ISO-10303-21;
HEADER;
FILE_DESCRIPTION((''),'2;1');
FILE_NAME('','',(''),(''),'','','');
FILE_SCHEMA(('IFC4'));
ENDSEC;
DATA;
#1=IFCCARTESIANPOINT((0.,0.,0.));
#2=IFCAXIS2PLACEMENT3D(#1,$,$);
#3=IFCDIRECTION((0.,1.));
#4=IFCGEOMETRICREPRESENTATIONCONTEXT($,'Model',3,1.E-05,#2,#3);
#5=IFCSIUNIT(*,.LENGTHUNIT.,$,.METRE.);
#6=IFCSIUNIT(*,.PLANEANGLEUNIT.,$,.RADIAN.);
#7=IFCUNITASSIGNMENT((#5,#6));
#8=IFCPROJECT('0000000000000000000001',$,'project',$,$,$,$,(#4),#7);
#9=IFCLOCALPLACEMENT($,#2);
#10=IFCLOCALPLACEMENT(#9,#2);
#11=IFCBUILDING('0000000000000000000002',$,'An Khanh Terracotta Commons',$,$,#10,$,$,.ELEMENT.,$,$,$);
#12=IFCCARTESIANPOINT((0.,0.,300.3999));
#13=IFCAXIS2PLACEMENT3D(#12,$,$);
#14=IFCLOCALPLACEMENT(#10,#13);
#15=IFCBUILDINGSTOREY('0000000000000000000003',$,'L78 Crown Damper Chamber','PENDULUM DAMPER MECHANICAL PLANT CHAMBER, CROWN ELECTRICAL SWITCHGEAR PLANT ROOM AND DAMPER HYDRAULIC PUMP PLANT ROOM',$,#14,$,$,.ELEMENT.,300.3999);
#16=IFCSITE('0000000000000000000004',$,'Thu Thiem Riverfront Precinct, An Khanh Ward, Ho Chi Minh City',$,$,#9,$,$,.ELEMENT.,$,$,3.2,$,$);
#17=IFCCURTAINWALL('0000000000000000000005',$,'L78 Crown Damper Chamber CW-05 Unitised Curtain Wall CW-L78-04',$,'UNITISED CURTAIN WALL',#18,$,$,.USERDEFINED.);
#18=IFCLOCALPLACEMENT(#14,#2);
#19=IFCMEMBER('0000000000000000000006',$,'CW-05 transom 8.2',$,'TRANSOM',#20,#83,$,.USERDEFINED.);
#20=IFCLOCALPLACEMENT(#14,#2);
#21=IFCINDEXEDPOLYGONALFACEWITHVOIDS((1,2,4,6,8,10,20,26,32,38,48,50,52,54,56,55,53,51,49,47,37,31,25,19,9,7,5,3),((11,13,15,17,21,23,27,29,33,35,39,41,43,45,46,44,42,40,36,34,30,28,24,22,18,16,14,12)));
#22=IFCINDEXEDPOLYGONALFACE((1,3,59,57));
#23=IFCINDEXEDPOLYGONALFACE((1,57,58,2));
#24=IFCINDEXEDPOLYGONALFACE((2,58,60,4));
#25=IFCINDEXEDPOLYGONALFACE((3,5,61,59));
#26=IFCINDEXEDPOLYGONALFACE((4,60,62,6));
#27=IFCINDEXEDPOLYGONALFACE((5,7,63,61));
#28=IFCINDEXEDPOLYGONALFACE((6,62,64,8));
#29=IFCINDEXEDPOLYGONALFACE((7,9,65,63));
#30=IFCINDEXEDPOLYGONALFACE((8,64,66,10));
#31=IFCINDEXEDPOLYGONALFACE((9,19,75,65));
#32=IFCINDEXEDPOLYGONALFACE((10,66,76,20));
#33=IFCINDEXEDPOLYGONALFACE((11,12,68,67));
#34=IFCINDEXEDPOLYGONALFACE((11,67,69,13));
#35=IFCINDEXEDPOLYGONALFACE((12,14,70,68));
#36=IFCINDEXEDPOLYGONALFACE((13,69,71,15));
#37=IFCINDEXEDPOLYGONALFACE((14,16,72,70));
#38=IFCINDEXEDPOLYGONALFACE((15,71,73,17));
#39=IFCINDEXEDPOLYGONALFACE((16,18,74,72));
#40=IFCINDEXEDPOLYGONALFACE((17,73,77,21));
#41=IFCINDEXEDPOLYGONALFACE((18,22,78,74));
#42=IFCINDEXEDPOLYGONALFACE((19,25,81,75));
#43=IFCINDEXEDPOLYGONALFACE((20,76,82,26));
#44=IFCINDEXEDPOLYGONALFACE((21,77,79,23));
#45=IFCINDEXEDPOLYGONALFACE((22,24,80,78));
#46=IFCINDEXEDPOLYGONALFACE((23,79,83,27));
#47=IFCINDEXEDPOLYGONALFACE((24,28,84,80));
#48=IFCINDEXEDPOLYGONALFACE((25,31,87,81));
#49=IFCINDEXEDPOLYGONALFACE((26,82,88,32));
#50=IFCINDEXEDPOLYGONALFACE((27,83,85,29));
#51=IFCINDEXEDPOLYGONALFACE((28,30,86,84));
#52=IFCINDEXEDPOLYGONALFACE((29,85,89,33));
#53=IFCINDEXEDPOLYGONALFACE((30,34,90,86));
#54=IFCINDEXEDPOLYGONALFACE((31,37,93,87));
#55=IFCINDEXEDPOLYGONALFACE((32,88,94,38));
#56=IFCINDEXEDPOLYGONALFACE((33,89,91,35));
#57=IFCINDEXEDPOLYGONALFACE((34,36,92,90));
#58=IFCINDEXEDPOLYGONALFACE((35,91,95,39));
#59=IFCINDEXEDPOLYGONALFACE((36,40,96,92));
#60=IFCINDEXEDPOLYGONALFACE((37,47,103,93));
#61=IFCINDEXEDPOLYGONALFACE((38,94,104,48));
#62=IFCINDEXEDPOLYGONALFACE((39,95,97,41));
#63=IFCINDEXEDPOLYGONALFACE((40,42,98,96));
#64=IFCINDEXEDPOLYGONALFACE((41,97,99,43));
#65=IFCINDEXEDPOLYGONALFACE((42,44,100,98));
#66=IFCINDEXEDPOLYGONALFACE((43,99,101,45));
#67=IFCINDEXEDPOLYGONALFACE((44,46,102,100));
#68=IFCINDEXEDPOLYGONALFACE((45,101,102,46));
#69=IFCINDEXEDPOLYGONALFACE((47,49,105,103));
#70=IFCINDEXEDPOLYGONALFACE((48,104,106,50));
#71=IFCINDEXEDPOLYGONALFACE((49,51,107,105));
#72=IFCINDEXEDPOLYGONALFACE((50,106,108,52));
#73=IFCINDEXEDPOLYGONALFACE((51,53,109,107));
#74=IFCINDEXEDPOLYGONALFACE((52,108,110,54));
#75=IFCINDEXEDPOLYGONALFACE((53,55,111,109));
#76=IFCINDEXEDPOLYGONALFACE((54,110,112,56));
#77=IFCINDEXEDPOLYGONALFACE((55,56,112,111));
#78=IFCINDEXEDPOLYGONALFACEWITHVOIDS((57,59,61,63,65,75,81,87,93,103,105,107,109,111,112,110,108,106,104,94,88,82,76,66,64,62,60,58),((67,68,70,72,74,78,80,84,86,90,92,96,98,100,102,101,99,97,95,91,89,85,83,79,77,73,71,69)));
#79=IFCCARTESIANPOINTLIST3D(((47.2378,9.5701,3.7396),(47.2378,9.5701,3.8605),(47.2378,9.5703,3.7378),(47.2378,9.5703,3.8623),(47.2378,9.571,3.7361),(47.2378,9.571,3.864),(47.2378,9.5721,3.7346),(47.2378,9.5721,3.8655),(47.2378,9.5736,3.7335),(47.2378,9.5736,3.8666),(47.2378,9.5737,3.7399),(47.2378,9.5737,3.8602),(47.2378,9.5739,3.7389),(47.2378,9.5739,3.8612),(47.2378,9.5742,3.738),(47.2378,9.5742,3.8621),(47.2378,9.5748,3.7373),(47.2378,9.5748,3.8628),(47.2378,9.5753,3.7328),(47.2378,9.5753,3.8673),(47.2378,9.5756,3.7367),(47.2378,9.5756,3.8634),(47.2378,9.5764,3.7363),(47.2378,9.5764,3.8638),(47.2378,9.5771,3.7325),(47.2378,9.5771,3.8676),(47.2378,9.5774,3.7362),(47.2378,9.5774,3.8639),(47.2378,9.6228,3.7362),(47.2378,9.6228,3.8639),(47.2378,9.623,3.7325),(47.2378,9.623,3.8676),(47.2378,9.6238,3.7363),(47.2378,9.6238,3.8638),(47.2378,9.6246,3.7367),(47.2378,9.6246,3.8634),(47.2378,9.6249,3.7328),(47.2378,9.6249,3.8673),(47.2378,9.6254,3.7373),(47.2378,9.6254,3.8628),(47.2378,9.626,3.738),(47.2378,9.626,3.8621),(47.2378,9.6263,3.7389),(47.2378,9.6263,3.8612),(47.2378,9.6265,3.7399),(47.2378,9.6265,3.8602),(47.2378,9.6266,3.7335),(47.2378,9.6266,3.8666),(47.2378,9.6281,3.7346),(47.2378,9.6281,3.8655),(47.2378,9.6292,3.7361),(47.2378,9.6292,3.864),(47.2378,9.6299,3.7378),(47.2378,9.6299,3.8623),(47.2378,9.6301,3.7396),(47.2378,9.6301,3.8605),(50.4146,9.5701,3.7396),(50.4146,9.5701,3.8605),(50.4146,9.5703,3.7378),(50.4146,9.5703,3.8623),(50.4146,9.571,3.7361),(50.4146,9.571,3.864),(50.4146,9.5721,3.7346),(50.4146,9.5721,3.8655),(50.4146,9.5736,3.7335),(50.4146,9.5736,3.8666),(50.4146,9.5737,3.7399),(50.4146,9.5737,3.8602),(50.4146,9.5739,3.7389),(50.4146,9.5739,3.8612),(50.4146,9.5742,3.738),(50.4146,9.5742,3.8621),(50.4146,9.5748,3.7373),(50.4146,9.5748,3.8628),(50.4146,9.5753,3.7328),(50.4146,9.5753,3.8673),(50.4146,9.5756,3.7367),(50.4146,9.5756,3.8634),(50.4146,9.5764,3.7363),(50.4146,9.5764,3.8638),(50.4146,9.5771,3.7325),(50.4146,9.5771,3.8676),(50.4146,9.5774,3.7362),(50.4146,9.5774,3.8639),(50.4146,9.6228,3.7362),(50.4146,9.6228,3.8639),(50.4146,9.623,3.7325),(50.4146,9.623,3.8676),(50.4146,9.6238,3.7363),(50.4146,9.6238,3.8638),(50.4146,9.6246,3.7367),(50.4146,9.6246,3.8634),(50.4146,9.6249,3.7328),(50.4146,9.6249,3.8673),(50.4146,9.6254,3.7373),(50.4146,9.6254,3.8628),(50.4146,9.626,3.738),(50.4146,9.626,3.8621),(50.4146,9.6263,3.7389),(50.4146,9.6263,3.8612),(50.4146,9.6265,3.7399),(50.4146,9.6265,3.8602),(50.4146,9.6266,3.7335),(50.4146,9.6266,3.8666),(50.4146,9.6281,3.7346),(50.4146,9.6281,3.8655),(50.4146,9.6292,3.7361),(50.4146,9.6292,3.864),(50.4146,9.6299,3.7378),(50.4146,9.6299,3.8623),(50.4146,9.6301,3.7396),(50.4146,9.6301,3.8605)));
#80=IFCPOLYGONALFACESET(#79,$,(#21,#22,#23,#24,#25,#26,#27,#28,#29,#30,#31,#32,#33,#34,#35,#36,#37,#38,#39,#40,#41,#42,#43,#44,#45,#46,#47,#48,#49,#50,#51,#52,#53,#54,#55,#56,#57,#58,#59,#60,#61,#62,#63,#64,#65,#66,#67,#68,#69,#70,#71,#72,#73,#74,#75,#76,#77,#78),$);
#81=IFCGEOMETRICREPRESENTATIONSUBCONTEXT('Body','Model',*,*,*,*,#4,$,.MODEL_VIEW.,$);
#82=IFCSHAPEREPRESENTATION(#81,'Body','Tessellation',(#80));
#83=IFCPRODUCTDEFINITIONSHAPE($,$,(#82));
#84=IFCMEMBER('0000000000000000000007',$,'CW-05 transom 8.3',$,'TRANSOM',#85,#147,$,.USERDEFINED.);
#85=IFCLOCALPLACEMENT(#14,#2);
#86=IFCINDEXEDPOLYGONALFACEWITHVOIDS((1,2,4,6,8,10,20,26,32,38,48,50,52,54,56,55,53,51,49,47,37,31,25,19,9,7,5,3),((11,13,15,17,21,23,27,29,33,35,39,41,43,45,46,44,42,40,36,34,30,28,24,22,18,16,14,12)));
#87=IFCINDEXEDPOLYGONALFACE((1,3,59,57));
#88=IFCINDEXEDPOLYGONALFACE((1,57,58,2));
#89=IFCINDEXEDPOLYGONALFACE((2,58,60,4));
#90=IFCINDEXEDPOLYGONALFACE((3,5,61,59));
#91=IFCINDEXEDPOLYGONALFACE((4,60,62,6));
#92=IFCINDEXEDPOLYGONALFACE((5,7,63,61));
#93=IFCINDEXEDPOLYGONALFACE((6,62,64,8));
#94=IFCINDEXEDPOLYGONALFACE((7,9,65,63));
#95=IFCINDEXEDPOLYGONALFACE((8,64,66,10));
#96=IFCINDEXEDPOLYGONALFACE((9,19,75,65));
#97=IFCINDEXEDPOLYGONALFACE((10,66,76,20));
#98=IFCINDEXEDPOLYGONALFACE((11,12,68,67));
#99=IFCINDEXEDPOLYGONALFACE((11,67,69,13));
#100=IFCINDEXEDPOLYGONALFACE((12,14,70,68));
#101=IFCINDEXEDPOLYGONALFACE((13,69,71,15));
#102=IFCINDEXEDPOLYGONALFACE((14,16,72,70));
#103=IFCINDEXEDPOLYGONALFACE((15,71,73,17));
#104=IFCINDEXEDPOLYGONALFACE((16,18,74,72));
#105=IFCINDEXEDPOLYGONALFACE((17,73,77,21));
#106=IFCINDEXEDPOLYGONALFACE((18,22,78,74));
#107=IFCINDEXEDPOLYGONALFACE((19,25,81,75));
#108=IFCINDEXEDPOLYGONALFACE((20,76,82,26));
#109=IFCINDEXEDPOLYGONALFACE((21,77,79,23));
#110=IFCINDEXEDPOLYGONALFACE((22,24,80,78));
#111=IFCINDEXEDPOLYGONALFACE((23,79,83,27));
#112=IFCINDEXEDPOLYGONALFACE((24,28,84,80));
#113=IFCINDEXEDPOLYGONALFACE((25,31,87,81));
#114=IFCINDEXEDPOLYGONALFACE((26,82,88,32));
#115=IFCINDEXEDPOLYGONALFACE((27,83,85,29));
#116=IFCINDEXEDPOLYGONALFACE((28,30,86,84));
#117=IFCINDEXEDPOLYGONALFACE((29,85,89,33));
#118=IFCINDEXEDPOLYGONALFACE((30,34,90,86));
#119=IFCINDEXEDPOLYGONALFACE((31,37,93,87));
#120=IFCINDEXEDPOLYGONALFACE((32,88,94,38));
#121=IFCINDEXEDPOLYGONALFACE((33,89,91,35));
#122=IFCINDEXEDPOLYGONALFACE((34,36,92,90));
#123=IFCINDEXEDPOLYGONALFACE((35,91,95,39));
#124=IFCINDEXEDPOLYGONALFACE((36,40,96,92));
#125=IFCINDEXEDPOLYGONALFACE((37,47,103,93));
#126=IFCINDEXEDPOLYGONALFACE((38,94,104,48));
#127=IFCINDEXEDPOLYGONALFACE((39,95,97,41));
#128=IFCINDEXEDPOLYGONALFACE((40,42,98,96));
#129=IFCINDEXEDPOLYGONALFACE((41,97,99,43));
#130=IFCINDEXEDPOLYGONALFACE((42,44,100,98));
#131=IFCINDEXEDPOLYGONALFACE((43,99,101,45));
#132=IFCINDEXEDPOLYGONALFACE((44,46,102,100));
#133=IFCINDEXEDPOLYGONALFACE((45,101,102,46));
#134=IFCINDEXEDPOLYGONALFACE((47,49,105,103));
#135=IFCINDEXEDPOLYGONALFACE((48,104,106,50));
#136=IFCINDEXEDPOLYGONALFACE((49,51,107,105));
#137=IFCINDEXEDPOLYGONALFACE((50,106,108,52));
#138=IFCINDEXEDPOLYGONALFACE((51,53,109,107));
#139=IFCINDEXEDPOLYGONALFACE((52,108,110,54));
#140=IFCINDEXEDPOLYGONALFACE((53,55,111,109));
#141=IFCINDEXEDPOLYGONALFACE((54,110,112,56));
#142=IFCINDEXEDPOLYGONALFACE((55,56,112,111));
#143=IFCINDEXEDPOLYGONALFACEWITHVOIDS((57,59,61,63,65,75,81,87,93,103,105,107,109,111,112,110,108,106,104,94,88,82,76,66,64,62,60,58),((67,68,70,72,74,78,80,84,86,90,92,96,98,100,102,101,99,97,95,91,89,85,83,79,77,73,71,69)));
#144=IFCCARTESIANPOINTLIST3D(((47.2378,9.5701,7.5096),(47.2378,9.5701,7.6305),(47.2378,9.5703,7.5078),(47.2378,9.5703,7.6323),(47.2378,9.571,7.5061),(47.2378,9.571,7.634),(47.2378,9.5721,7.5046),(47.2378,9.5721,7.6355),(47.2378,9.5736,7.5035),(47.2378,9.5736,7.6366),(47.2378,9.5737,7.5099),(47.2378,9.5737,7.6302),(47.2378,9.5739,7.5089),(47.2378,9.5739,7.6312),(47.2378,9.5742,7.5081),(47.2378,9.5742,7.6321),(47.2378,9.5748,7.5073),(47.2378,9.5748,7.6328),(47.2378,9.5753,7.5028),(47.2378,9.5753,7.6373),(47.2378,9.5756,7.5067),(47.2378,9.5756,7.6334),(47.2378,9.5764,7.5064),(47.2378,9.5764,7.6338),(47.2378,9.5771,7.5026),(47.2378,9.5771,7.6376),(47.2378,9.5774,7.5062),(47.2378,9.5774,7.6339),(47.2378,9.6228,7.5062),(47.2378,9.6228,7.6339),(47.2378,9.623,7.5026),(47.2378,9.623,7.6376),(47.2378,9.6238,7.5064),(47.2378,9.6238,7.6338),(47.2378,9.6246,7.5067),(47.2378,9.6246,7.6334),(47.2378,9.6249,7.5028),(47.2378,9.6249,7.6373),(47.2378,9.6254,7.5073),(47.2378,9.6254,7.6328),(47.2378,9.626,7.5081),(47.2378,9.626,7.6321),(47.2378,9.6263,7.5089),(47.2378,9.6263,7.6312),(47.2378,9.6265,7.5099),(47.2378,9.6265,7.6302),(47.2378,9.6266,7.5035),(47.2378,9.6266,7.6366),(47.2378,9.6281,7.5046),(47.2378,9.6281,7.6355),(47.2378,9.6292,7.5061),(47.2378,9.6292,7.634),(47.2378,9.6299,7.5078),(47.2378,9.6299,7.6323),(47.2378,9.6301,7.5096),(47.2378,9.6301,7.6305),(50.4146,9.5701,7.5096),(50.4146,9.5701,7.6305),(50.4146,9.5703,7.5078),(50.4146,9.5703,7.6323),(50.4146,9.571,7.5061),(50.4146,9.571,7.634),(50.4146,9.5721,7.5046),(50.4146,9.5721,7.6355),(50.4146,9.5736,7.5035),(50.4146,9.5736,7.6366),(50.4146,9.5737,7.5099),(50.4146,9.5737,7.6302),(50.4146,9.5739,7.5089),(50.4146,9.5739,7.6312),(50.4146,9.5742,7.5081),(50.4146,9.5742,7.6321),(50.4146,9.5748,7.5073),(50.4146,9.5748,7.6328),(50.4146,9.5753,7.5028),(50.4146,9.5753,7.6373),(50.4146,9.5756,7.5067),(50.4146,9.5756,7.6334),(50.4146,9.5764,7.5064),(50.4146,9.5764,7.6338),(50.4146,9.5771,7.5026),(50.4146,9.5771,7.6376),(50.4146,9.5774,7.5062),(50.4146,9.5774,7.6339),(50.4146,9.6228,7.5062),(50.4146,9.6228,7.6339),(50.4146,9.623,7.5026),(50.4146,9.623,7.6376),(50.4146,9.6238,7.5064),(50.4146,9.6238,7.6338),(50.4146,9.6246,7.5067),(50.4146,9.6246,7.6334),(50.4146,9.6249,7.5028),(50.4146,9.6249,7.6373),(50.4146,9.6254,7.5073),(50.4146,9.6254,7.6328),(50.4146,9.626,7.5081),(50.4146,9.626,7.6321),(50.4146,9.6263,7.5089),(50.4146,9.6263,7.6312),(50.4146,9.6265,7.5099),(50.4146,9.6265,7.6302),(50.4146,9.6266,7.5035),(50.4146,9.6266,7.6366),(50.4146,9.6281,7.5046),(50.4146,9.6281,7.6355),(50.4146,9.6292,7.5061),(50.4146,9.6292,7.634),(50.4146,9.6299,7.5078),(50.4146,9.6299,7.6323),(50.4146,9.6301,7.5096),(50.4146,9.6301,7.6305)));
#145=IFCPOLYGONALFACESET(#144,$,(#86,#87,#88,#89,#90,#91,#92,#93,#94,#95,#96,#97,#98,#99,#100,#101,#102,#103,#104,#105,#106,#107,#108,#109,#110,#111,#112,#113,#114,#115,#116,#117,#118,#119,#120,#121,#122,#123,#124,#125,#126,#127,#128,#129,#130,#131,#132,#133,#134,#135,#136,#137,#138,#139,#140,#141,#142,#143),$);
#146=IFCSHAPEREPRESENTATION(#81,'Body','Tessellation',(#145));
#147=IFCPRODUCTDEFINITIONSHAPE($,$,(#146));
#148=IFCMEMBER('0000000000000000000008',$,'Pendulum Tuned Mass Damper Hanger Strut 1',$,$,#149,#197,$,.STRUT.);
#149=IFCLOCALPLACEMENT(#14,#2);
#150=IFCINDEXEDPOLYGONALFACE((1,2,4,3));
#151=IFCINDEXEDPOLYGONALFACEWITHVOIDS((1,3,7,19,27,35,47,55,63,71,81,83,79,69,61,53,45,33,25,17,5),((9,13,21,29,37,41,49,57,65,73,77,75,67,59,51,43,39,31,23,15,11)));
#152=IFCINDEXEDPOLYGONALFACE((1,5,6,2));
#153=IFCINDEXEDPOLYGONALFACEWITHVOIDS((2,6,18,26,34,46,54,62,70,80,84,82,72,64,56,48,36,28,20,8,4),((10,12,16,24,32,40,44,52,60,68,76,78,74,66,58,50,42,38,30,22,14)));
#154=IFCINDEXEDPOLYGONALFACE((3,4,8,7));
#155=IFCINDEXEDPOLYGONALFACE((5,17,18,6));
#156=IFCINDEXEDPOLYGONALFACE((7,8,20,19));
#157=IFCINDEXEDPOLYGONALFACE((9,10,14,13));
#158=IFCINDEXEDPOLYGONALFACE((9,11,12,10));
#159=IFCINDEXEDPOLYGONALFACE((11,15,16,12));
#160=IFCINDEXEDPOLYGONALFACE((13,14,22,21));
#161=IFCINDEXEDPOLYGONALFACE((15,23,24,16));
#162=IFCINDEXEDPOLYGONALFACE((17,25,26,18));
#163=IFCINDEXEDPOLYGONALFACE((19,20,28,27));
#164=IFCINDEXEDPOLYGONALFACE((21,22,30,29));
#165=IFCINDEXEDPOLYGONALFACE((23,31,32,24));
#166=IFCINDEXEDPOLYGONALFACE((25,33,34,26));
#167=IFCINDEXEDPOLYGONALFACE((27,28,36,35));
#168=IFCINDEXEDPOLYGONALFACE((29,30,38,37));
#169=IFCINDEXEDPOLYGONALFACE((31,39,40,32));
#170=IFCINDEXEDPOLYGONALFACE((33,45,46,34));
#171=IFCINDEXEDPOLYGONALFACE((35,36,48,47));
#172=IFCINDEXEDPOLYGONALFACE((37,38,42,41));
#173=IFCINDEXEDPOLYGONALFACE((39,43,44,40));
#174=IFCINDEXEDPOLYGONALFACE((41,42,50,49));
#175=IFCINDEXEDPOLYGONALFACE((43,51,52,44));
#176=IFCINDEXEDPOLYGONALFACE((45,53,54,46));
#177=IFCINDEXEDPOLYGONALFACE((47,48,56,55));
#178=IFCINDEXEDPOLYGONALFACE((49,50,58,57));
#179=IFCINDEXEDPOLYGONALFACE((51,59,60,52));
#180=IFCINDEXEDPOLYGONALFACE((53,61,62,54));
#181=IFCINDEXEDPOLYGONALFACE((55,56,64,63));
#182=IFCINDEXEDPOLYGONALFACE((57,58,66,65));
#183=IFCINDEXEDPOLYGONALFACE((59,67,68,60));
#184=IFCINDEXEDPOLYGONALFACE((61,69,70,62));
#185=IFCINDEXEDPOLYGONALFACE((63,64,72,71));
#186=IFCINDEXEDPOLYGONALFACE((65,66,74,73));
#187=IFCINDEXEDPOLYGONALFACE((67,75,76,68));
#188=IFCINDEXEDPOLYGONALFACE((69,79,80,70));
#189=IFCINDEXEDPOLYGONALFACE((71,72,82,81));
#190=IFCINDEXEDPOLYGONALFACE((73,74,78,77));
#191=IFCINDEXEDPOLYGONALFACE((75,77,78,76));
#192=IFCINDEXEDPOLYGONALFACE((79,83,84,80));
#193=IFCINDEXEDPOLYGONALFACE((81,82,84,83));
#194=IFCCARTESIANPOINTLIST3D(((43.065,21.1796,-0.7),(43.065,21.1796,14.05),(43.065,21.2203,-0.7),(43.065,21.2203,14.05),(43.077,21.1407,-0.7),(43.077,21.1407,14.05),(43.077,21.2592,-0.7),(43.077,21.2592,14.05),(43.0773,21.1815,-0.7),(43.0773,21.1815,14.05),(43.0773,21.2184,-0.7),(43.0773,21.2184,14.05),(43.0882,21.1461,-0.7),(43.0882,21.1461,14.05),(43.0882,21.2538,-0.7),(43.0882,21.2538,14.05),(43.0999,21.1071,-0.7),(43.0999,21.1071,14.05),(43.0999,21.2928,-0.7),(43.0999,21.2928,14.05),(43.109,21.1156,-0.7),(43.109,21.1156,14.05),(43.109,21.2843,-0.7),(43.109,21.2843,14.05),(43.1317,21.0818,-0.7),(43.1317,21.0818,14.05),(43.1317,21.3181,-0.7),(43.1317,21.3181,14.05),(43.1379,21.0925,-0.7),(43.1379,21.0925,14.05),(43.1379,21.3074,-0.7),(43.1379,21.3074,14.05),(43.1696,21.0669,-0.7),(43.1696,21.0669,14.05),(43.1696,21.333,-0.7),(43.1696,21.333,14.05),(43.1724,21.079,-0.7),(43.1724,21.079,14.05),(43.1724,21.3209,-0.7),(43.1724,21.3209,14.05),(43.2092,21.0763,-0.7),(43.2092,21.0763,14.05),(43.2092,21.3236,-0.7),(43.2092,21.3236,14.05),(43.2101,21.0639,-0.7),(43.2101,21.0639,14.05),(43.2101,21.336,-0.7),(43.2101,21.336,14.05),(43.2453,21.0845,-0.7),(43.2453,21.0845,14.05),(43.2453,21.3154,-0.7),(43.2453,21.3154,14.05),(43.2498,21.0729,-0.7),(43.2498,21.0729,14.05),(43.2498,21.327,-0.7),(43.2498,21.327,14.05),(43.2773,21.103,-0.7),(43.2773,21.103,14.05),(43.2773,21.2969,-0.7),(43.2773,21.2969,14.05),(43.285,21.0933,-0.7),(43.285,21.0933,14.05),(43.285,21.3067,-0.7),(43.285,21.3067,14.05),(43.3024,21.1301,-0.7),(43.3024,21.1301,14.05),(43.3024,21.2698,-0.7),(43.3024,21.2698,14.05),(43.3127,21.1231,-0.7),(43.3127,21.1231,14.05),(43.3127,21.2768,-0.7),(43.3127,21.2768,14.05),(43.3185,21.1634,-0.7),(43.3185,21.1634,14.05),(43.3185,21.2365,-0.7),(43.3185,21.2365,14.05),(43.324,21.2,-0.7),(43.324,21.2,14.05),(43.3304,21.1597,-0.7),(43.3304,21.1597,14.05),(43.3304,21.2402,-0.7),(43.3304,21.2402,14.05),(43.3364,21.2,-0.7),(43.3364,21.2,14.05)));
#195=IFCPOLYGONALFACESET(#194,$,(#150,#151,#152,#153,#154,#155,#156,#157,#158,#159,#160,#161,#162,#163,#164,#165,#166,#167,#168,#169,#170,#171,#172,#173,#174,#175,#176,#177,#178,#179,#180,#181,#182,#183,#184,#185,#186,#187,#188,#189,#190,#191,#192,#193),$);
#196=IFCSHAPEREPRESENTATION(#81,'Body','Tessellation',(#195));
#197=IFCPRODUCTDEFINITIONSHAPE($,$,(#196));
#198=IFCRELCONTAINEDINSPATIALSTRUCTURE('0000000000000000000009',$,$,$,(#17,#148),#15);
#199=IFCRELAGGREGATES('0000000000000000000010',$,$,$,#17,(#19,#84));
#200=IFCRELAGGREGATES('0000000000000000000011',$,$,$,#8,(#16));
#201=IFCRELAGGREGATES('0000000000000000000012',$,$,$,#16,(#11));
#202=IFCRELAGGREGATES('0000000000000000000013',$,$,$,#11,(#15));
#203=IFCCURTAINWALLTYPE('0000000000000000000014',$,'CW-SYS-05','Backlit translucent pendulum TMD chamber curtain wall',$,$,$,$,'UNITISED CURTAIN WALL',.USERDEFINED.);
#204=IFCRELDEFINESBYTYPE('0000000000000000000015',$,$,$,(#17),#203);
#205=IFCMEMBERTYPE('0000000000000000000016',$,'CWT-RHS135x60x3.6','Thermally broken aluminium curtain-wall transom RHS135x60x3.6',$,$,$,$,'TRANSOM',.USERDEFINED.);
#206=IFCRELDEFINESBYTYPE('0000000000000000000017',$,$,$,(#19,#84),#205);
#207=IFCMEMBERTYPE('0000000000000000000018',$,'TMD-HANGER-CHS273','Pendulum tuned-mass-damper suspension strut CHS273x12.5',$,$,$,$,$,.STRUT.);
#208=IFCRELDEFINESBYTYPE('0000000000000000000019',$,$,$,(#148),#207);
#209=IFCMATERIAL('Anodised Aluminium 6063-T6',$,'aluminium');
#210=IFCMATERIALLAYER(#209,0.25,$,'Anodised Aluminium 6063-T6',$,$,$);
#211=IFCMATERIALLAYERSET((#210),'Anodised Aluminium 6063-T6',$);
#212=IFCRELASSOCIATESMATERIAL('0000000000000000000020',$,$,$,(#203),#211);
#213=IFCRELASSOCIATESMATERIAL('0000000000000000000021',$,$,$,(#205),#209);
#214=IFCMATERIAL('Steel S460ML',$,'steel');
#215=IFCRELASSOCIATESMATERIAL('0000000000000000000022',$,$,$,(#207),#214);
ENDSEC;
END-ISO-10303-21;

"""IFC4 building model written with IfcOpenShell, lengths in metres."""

from ifc_helpers import new_model, si_unit, direction, frame, origin, origin_2d, place, context, subcontext, project, spatial, hollow_rectangle, hollow_circle, extrude, material, layer, layer_set, material_profile, profile_set, type_object, element, aggregate, save


model = new_model("IFC4")

# Units and contexts
model_context = context("Model", 3, precision=1e-05, world=origin(), true_north=direction((0.0, 1.0)))
body_context = subcontext(model_context, "Body", "Model", "MODEL_VIEW")
ifc_project = project(units=[si_unit("LENGTHUNIT", "METRE"), si_unit("PLANEANGLEUNIT", "RADIAN")], contexts=[model_context])

# Site, building, storey
site_placement = place(None, origin())
site = spatial("IfcSite", under=ifc_project, at=site_placement, Name="Thu Thiem Riverfront Precinct, An Khanh Ward, Ho Chi Minh City", CompositionType="ELEMENT", RefElevation=3.2)
building_placement = place(site_placement, origin())
building = spatial("IfcBuilding", under=site, at=building_placement, Name="An Khanh Terracotta Commons", CompositionType="ELEMENT")
storey_placement = place(building_placement, frame((0.0, 0.0, 300.3999)))
storey = spatial("IfcBuildingStorey", under=building, at=storey_placement, Name="L78 Crown Damper Chamber", Description="PENDULUM DAMPER MECHANICAL PLANT CHAMBER, CROWN ELECTRICAL SWITCHGEAR PLANT ROOM AND DAMPER HYDRAULIC PUMP PLANT ROOM", CompositionType="ELEMENT", Elevation=300.3999)

# Shared definitions
ifc_material_1 = material(Name="Steel S460ML", Category="steel")

# Curtain wall, members
ifc_material_2 = material(Name="Anodised Aluminium 6063-T6", Category="aluminium")
ifc_layer_1 = layer(ifc_material_2, 0.25, Name="Anodised Aluminium 6063-T6")
ifc_layer_set_1 = layer_set([ifc_layer_1], Name="Anodised Aluminium 6063-T6")
curtain_wall_type = type_object("IfcCurtainWallType", Name="CW-SYS-05", Description="Backlit translucent pendulum TMD chamber curtain wall", ElementType="UNITISED CURTAIN WALL", PredefinedType="USERDEFINED", material=ifc_layer_set_1)
curtain_wall_placement = place(storey_placement, origin())
curtain_wall = element("IfcCurtainWall", 1, at=curtain_wall_placement, inside=storey, type_object=curtain_wall_type, Name="L78 Crown Damper Chamber CW-05 Unitised Curtain Wall CW-L78-04", ObjectType="UNITISED CURTAIN WALL", PredefinedType="USERDEFINED")
ifc_material_profile_1 = material_profile(ifc_material_2, hollow_rectangle(XDim=0.0601, YDim=0.135, WallThickness=0.0037, InnerFilletRadius=0.0037, OuterFilletRadius=0.0071, at=origin_2d()), Name="RHS135x60x3.6")
ifc_profile_set_1 = profile_set([ifc_material_profile_1], Name="Anodised Aluminium 6063-T6")
member_type_1 = type_object("IfcMemberType", Name="CWT-RHS135x60x3.6", Description="Thermally broken aluminium curtain-wall transom RHS135x60x3.6", ElementType="TRANSOM", PredefinedType="USERDEFINED", material=ifc_profile_set_1)
member_1_placement = place(storey_placement, frame((47.2378, 9.6001, 3.8), z_axis=(1.0, 0.0, 0.0), x_axis=(0.0, 1.0, 0.0)))
member_1 = element("IfcMember", 2, at=member_1_placement, type_object=member_type_1, Name="CW-05 transom 8.2", ObjectType="TRANSOM", PredefinedType="USERDEFINED", context=body_context, shape_type="SweptSolid", body=[
    extrude(hollow_rectangle(XDim=0.0601, YDim=0.135, WallThickness=0.0037, InnerFilletRadius=0.0037, OuterFilletRadius=0.0071, at=origin_2d()), origin(), (0.0, 0.0, 1.0), 3.1768),
])
member_2_placement = place(storey_placement, frame((47.2378, 9.6001, 7.5701), z_axis=(1.0, 0.0, 0.0), x_axis=(0.0, 1.0, 0.0)))
member_2 = element("IfcMember", 3, at=member_2_placement, type_object=member_type_1, Name="CW-05 transom 8.3", ObjectType="TRANSOM", PredefinedType="USERDEFINED", context=body_context, shape_type="SweptSolid", body=[
    extrude(hollow_rectangle(XDim=0.0601, YDim=0.135, WallThickness=0.0037, InnerFilletRadius=0.0037, OuterFilletRadius=0.0071, at=origin_2d()), origin(), (0.0, 0.0, 1.0), 3.1768),
])

# Member
ifc_material_profile_2 = material_profile(ifc_material_1, hollow_circle(Radius=0.1365, WallThickness=0.0125, at=origin_2d()), Name="CHS273x12.5")
ifc_profile_set_2 = profile_set([ifc_material_profile_2], Name="Steel S460ML")
member_type_2 = type_object("IfcMemberType", Name="TMD-HANGER-CHS273", Description="Pendulum tuned-mass-damper suspension strut CHS273x12.5", PredefinedType="STRUT", material=ifc_profile_set_2)
for number, where, z_axis, x_axis, name in (
    (4, (43.2, 21.2, -0.7), (0.0, 0.0, 1.0), (1.0, 0.0, 0.0), "Pendulum Tuned Mass Damper Hanger Strut 1"),
):
    element("IfcMember", number, at=place(storey_placement, frame(where, z_axis=z_axis, x_axis=x_axis)), inside=storey, type_object=member_type_2, Name=name, PredefinedType="STRUT", context=body_context, shape_type="SweptSolid", body=[
        extrude(hollow_circle(Radius=0.1365, WallThickness=0.0125, at=origin_2d()), origin(), (0.0, 0.0, 1.0), 14.75),
    ])

aggregate(curtain_wall, [member_1, member_2])

save(model, "model.ifc")
